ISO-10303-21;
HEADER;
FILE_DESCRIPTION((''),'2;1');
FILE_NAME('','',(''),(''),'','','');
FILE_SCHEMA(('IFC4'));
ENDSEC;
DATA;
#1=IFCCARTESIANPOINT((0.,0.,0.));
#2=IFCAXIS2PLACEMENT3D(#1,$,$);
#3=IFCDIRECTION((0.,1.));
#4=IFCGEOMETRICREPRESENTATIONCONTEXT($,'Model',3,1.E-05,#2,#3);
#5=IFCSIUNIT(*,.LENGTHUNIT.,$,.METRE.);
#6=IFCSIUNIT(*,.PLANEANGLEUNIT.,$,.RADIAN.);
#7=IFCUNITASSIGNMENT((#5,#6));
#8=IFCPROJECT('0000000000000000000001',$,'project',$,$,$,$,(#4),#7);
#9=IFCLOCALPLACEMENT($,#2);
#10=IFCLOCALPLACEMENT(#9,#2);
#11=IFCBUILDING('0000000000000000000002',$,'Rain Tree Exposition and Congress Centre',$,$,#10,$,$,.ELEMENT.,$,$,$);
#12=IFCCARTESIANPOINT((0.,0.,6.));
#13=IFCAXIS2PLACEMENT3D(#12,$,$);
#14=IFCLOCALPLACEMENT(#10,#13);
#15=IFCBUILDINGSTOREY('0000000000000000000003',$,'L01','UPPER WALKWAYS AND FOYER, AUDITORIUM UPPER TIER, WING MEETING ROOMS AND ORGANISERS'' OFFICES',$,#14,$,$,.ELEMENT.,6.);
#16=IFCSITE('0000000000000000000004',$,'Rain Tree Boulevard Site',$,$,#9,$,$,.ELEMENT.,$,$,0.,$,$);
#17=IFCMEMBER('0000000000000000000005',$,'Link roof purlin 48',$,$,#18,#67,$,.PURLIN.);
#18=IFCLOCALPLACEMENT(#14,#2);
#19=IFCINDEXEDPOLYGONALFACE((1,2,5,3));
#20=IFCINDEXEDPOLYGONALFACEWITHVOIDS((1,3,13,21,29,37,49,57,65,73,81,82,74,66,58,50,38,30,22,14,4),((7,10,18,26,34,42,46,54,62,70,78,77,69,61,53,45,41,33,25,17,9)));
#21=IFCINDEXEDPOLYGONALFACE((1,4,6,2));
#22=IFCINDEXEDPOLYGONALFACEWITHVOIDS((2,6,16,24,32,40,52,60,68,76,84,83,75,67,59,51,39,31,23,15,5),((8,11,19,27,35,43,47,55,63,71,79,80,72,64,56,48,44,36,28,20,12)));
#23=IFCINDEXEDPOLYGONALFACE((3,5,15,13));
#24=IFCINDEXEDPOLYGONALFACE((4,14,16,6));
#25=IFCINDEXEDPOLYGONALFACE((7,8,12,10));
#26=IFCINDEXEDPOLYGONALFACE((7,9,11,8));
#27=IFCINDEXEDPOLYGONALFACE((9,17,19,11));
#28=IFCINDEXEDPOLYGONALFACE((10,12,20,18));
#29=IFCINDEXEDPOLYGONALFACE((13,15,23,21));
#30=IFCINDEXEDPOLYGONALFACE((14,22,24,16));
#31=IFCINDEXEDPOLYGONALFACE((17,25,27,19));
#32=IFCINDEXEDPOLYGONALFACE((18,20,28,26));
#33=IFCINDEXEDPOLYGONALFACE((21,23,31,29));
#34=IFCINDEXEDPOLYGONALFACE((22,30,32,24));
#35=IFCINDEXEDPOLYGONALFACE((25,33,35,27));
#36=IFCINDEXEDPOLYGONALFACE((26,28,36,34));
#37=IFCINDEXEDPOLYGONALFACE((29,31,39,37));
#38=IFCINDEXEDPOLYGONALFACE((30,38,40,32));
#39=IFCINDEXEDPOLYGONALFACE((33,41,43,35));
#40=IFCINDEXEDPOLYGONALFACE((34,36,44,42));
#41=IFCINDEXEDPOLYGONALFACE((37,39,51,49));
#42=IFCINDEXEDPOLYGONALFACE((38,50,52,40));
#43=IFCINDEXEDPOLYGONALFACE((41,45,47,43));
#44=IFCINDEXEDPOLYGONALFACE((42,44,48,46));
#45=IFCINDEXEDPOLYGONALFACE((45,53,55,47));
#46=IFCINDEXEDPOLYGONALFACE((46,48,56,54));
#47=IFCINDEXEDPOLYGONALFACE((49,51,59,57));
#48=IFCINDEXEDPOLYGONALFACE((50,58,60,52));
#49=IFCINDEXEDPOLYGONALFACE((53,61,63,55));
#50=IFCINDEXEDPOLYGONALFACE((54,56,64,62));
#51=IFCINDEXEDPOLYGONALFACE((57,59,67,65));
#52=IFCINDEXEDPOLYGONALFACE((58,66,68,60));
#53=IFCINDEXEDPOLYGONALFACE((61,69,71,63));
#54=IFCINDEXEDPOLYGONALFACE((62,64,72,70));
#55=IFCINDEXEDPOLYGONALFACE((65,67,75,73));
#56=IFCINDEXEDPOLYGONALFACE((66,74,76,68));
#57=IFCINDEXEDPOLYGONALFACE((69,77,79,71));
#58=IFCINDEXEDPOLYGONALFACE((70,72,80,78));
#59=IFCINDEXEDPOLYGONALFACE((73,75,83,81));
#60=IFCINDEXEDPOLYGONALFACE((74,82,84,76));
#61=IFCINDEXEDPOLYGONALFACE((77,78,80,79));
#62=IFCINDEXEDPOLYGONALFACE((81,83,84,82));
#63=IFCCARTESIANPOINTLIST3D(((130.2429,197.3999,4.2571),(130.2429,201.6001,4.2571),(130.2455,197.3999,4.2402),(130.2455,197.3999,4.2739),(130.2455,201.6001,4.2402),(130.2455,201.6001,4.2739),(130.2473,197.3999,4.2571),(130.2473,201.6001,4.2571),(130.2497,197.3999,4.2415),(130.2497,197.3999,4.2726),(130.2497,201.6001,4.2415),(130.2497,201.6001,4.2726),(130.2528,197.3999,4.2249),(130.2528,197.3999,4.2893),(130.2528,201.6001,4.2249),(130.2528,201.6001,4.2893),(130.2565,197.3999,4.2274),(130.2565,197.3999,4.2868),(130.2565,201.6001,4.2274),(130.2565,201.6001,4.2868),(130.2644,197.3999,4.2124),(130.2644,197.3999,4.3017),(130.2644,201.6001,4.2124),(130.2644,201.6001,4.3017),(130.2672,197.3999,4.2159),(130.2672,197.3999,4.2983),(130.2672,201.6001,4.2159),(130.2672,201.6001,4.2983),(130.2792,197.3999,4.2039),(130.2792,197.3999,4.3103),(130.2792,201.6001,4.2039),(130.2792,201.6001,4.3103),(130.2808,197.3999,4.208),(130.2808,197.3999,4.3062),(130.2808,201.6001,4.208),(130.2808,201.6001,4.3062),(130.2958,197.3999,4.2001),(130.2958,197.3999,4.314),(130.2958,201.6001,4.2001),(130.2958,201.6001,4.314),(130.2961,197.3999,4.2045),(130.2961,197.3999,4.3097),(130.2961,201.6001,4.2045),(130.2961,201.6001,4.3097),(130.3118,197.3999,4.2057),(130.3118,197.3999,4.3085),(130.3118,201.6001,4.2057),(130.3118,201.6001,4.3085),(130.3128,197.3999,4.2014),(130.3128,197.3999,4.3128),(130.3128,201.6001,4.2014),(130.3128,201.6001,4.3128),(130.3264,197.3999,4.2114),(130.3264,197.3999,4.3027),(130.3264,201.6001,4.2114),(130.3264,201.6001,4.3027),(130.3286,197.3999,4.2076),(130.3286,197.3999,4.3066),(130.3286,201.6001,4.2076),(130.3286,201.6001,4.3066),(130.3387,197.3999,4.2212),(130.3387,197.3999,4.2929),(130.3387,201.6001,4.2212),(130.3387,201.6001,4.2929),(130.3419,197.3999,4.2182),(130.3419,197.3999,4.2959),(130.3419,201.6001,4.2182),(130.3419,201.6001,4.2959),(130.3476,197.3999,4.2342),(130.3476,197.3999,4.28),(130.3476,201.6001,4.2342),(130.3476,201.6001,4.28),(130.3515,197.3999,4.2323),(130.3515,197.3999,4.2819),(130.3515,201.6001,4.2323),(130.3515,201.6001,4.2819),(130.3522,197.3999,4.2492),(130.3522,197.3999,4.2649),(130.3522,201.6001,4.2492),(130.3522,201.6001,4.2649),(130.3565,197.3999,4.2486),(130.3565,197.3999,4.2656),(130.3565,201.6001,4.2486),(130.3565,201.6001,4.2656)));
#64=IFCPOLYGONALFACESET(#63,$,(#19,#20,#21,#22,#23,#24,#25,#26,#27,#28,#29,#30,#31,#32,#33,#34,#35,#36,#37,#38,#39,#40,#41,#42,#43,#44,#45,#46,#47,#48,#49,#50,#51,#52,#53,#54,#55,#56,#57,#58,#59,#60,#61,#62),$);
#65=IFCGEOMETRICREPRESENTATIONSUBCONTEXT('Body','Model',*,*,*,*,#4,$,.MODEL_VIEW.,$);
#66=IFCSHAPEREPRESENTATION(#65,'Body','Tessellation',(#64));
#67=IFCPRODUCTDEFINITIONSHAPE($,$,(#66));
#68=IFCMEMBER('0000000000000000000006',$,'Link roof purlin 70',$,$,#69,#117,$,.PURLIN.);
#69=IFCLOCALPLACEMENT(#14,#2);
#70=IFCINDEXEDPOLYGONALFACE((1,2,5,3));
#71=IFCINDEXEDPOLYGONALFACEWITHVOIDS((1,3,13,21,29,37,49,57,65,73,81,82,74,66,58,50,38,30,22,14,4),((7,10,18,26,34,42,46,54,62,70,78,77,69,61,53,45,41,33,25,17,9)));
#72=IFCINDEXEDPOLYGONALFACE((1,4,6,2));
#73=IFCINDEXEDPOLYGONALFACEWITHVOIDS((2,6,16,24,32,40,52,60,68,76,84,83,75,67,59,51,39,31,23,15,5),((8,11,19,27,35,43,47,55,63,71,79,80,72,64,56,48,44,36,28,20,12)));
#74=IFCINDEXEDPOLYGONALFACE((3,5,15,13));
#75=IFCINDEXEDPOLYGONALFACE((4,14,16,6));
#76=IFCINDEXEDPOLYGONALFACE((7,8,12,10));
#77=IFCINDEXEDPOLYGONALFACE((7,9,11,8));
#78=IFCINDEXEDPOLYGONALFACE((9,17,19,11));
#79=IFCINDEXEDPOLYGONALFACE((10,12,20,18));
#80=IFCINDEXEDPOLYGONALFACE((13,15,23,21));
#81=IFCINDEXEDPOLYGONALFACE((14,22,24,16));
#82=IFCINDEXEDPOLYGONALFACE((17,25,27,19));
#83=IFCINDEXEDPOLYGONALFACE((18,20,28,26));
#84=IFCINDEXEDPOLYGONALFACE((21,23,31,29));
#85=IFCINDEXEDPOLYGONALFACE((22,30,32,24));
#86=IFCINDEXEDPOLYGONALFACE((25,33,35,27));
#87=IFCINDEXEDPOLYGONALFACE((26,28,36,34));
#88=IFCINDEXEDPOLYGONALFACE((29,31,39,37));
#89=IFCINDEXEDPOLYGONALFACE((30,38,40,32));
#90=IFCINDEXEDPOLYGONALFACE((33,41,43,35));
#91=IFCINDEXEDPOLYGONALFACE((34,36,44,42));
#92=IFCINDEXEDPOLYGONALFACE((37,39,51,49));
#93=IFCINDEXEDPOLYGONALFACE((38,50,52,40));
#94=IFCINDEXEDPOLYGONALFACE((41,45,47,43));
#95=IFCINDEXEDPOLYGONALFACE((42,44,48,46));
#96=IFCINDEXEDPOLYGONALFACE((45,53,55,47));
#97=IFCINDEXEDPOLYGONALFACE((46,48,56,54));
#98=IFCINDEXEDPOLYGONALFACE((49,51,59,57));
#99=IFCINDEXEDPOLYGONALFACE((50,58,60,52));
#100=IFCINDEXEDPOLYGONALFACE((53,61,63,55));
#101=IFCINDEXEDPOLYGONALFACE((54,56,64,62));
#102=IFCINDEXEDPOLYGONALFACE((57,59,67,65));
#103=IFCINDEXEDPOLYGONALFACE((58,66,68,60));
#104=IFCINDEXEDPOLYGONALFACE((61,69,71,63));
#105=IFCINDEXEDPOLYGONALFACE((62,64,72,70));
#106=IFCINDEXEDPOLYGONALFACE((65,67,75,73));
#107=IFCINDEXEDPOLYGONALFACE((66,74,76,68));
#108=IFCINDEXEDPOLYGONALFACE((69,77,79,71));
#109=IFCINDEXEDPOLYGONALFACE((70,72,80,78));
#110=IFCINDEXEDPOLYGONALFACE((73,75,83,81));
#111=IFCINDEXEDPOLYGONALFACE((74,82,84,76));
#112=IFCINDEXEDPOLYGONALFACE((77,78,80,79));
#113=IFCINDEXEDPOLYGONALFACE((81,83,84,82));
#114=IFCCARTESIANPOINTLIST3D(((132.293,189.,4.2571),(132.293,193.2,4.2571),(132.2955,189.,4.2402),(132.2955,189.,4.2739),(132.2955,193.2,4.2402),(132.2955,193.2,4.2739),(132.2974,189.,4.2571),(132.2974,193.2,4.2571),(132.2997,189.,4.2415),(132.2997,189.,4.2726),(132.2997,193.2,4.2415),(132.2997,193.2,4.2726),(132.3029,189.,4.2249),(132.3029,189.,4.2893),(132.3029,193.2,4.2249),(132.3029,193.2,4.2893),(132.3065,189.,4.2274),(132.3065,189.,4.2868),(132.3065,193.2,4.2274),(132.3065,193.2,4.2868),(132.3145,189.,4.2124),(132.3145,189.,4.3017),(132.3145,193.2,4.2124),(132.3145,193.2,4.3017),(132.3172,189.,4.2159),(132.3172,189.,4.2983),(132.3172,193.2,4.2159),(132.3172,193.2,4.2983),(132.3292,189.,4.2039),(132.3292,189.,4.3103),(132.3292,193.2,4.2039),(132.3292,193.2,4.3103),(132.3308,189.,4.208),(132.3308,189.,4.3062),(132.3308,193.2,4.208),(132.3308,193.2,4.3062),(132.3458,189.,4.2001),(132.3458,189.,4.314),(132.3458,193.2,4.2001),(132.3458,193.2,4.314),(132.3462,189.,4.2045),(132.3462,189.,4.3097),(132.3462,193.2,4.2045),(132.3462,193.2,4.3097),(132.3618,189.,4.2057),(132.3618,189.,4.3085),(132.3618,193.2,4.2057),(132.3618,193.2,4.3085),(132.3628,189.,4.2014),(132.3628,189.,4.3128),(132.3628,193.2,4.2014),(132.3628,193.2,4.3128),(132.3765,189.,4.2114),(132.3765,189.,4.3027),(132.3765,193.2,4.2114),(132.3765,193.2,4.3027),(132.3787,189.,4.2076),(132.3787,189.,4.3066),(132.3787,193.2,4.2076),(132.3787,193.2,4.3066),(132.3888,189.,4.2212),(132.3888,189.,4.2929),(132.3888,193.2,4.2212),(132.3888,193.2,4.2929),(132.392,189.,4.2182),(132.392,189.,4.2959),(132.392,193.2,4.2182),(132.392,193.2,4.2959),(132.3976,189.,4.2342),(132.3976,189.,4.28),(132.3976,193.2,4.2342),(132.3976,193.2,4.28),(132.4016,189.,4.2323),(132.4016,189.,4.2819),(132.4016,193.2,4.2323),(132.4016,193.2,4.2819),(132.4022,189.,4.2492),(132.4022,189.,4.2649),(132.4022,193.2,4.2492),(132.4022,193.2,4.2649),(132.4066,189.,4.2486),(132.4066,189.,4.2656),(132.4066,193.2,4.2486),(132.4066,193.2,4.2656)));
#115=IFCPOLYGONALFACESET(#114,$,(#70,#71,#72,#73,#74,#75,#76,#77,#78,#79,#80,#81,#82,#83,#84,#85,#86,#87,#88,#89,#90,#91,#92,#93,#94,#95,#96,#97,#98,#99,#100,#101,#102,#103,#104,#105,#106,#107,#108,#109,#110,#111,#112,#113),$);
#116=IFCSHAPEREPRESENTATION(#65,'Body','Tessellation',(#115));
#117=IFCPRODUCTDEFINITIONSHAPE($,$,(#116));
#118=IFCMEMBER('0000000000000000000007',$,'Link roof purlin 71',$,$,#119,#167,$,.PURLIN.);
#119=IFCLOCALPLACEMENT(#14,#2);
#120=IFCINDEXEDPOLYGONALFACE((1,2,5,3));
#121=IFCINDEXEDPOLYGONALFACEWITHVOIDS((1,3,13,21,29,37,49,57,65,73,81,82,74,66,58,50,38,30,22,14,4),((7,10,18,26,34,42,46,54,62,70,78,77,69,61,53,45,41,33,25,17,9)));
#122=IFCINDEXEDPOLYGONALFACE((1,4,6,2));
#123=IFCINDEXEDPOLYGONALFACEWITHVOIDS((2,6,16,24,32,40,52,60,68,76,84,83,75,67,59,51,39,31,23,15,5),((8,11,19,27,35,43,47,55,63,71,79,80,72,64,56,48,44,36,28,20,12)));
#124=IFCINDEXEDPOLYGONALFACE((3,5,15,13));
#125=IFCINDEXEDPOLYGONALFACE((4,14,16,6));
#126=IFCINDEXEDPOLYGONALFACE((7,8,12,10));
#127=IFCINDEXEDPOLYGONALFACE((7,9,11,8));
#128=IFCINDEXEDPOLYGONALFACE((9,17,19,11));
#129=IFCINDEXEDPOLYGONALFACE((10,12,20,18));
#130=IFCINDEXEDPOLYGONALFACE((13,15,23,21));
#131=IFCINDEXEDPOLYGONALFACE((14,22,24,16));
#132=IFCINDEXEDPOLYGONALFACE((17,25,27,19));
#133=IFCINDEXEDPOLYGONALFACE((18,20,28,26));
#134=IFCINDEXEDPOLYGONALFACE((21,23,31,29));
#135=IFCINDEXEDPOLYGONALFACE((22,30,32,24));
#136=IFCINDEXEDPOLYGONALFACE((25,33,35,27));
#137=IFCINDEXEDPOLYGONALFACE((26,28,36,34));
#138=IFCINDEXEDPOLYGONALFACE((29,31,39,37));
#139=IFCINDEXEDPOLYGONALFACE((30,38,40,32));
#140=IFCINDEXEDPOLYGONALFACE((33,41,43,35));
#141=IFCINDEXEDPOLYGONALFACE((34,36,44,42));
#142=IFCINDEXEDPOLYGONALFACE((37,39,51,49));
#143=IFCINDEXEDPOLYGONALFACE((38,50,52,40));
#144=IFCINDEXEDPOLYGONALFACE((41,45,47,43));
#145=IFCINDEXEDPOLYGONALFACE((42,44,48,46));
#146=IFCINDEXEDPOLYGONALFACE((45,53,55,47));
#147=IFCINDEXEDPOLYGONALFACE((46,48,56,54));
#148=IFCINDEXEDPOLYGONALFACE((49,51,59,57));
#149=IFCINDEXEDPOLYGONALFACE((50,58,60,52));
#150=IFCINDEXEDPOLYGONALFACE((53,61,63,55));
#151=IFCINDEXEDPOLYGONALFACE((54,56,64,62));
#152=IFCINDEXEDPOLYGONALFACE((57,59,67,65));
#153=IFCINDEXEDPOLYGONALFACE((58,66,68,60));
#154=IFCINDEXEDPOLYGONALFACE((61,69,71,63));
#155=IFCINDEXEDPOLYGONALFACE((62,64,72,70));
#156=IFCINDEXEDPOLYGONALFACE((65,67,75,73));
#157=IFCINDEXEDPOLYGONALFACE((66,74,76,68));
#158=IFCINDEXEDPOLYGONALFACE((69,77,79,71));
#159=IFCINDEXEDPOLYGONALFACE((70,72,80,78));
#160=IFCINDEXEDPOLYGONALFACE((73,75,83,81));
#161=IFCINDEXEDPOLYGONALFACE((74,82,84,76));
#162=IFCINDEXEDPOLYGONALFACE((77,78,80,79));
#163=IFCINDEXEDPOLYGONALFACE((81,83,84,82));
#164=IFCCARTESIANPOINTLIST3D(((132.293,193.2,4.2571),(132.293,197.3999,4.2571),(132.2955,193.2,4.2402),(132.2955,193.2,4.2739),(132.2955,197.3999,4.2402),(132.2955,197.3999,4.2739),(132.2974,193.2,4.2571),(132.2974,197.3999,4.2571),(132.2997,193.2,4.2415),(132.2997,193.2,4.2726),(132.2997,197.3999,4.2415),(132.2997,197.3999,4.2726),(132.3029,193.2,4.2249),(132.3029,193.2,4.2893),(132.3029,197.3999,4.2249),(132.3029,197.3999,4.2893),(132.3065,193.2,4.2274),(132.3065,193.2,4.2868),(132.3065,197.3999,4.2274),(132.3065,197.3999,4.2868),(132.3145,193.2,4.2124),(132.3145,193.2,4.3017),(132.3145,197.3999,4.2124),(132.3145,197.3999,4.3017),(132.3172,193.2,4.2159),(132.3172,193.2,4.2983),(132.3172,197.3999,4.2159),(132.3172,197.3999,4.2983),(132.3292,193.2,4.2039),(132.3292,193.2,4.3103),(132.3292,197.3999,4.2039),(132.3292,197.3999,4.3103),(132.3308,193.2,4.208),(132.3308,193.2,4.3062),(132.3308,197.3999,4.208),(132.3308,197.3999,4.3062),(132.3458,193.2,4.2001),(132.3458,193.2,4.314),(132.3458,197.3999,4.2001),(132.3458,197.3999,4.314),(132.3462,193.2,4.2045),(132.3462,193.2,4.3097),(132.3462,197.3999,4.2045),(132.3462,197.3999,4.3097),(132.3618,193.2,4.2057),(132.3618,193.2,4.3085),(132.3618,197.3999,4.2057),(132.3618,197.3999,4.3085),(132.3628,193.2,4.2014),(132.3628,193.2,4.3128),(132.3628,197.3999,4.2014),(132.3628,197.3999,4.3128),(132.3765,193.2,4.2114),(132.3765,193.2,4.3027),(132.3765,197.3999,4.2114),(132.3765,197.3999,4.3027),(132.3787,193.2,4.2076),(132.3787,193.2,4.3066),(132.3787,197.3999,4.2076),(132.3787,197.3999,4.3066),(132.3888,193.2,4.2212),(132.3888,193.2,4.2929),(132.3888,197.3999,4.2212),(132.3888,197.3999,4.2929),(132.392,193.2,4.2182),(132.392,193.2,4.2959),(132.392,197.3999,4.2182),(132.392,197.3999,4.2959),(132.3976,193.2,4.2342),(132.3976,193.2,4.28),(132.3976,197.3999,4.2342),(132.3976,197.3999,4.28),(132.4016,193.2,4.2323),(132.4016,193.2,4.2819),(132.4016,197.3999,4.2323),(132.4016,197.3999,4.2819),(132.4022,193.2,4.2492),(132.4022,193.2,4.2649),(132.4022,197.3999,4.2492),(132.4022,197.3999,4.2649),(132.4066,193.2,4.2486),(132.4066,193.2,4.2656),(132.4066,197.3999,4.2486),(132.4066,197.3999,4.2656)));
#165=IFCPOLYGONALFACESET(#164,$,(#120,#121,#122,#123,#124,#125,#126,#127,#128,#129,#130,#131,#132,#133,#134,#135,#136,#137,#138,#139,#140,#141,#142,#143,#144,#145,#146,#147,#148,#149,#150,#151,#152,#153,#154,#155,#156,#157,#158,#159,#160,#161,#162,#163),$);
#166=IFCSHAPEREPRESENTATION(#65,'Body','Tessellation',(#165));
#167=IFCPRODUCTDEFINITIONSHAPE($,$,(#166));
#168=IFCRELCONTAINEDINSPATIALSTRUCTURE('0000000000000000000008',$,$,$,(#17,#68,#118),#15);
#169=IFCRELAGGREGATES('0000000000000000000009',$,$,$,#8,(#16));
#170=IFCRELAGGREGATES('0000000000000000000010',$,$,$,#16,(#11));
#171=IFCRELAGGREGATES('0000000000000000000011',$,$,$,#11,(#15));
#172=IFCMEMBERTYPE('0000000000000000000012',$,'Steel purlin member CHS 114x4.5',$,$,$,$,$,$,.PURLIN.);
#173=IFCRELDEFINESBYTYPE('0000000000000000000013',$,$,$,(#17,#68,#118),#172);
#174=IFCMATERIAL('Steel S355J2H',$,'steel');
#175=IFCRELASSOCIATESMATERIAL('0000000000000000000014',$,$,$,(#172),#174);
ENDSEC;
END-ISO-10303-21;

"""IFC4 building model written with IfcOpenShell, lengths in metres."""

from ifc_helpers import new_model, si_unit, direction, frame, origin, origin_2d, place, context, subcontext, project, spatial, hollow_circle, extrude, material, material_profile, profile_set, type_object, element, save


model = new_model("IFC4")

# Units and contexts
model_context = context("Model", 3, precision=1e-05, world=origin(), true_north=direction((0.0, 1.0)))
body_context = subcontext(model_context, "Body", "Model", "MODEL_VIEW")
ifc_project = project(units=[si_unit("LENGTHUNIT", "METRE"), si_unit("PLANEANGLEUNIT", "RADIAN")], contexts=[model_context])

# Site, building, storey
site_placement = place(None, origin())
site = spatial("IfcSite", under=ifc_project, at=site_placement, Name="Rain Tree Boulevard Site", CompositionType="ELEMENT", RefElevation=0.0)
building_placement = place(site_placement, origin())
building = spatial("IfcBuilding", under=site, at=building_placement, Name="Rain Tree Exposition and Congress Centre", CompositionType="ELEMENT")
storey_placement = place(building_placement, frame((0.0, 0.0, 6.0)))
storey = spatial("IfcBuildingStorey", under=building, at=storey_placement, Name="L01", Description="UPPER WALKWAYS AND FOYER, AUDITORIUM UPPER TIER, WING MEETING ROOMS AND ORGANISERS' OFFICES", CompositionType="ELEMENT", Elevation=6.0)

# Members
ifc_material_1 = material(Name="Steel S355J2H", Category="steel")
ifc_material_profile_1 = material_profile(ifc_material_1, hollow_circle(Radius=0.0571, WallThickness=0.0044, at=origin_2d()), Name="CHS 114x4.5")
ifc_profile_set_1 = profile_set([ifc_material_profile_1], Name="Steel S355J2H")
member_type = type_object("IfcMemberType", Name="Steel purlin member CHS 114x4.5", PredefinedType="PURLIN", material=ifc_profile_set_1)
member_1_placement = place(storey_placement, frame((130.3, 197.3999, 4.2571), z_axis=(0.0, 1.0, 0.0), x_axis=(-1.0, 0.0, 0.0)))
element("IfcMember", 1, at=member_1_placement, inside=storey, type_object=member_type, Name="Link roof purlin 48", PredefinedType="PURLIN", context=body_context, shape_type="SweptSolid", body=[
    extrude(hollow_circle(Radius=0.0571, WallThickness=0.0044, at=origin_2d()), origin(), (0.0, 0.0, 1.0), 4.2002),
])
for number, where, z_axis, x_axis, name in (
    (2, (132.3501, 189.0, 4.2571), (0.0, 1.0, 0.0), (-1.0, 0.0, 0.0), "Link roof purlin 70"),
    (3, (132.3501, 193.2, 4.2571), (0.0, 1.0, 0.0), (-1.0, 0.0, 0.0), "Link roof purlin 71"),
):
    element("IfcMember", number, at=place(storey_placement, frame(where, z_axis=z_axis, x_axis=x_axis)), inside=storey, type_object=member_type, Name=name, PredefinedType="PURLIN", context=body_context, shape_type="SweptSolid", body=[
        extrude(hollow_circle(Radius=0.0571, WallThickness=0.0044, at=origin_2d()), origin(), (0.0, 0.0, 1.0), 4.2),
    ])

save(model, "model.ifc")
